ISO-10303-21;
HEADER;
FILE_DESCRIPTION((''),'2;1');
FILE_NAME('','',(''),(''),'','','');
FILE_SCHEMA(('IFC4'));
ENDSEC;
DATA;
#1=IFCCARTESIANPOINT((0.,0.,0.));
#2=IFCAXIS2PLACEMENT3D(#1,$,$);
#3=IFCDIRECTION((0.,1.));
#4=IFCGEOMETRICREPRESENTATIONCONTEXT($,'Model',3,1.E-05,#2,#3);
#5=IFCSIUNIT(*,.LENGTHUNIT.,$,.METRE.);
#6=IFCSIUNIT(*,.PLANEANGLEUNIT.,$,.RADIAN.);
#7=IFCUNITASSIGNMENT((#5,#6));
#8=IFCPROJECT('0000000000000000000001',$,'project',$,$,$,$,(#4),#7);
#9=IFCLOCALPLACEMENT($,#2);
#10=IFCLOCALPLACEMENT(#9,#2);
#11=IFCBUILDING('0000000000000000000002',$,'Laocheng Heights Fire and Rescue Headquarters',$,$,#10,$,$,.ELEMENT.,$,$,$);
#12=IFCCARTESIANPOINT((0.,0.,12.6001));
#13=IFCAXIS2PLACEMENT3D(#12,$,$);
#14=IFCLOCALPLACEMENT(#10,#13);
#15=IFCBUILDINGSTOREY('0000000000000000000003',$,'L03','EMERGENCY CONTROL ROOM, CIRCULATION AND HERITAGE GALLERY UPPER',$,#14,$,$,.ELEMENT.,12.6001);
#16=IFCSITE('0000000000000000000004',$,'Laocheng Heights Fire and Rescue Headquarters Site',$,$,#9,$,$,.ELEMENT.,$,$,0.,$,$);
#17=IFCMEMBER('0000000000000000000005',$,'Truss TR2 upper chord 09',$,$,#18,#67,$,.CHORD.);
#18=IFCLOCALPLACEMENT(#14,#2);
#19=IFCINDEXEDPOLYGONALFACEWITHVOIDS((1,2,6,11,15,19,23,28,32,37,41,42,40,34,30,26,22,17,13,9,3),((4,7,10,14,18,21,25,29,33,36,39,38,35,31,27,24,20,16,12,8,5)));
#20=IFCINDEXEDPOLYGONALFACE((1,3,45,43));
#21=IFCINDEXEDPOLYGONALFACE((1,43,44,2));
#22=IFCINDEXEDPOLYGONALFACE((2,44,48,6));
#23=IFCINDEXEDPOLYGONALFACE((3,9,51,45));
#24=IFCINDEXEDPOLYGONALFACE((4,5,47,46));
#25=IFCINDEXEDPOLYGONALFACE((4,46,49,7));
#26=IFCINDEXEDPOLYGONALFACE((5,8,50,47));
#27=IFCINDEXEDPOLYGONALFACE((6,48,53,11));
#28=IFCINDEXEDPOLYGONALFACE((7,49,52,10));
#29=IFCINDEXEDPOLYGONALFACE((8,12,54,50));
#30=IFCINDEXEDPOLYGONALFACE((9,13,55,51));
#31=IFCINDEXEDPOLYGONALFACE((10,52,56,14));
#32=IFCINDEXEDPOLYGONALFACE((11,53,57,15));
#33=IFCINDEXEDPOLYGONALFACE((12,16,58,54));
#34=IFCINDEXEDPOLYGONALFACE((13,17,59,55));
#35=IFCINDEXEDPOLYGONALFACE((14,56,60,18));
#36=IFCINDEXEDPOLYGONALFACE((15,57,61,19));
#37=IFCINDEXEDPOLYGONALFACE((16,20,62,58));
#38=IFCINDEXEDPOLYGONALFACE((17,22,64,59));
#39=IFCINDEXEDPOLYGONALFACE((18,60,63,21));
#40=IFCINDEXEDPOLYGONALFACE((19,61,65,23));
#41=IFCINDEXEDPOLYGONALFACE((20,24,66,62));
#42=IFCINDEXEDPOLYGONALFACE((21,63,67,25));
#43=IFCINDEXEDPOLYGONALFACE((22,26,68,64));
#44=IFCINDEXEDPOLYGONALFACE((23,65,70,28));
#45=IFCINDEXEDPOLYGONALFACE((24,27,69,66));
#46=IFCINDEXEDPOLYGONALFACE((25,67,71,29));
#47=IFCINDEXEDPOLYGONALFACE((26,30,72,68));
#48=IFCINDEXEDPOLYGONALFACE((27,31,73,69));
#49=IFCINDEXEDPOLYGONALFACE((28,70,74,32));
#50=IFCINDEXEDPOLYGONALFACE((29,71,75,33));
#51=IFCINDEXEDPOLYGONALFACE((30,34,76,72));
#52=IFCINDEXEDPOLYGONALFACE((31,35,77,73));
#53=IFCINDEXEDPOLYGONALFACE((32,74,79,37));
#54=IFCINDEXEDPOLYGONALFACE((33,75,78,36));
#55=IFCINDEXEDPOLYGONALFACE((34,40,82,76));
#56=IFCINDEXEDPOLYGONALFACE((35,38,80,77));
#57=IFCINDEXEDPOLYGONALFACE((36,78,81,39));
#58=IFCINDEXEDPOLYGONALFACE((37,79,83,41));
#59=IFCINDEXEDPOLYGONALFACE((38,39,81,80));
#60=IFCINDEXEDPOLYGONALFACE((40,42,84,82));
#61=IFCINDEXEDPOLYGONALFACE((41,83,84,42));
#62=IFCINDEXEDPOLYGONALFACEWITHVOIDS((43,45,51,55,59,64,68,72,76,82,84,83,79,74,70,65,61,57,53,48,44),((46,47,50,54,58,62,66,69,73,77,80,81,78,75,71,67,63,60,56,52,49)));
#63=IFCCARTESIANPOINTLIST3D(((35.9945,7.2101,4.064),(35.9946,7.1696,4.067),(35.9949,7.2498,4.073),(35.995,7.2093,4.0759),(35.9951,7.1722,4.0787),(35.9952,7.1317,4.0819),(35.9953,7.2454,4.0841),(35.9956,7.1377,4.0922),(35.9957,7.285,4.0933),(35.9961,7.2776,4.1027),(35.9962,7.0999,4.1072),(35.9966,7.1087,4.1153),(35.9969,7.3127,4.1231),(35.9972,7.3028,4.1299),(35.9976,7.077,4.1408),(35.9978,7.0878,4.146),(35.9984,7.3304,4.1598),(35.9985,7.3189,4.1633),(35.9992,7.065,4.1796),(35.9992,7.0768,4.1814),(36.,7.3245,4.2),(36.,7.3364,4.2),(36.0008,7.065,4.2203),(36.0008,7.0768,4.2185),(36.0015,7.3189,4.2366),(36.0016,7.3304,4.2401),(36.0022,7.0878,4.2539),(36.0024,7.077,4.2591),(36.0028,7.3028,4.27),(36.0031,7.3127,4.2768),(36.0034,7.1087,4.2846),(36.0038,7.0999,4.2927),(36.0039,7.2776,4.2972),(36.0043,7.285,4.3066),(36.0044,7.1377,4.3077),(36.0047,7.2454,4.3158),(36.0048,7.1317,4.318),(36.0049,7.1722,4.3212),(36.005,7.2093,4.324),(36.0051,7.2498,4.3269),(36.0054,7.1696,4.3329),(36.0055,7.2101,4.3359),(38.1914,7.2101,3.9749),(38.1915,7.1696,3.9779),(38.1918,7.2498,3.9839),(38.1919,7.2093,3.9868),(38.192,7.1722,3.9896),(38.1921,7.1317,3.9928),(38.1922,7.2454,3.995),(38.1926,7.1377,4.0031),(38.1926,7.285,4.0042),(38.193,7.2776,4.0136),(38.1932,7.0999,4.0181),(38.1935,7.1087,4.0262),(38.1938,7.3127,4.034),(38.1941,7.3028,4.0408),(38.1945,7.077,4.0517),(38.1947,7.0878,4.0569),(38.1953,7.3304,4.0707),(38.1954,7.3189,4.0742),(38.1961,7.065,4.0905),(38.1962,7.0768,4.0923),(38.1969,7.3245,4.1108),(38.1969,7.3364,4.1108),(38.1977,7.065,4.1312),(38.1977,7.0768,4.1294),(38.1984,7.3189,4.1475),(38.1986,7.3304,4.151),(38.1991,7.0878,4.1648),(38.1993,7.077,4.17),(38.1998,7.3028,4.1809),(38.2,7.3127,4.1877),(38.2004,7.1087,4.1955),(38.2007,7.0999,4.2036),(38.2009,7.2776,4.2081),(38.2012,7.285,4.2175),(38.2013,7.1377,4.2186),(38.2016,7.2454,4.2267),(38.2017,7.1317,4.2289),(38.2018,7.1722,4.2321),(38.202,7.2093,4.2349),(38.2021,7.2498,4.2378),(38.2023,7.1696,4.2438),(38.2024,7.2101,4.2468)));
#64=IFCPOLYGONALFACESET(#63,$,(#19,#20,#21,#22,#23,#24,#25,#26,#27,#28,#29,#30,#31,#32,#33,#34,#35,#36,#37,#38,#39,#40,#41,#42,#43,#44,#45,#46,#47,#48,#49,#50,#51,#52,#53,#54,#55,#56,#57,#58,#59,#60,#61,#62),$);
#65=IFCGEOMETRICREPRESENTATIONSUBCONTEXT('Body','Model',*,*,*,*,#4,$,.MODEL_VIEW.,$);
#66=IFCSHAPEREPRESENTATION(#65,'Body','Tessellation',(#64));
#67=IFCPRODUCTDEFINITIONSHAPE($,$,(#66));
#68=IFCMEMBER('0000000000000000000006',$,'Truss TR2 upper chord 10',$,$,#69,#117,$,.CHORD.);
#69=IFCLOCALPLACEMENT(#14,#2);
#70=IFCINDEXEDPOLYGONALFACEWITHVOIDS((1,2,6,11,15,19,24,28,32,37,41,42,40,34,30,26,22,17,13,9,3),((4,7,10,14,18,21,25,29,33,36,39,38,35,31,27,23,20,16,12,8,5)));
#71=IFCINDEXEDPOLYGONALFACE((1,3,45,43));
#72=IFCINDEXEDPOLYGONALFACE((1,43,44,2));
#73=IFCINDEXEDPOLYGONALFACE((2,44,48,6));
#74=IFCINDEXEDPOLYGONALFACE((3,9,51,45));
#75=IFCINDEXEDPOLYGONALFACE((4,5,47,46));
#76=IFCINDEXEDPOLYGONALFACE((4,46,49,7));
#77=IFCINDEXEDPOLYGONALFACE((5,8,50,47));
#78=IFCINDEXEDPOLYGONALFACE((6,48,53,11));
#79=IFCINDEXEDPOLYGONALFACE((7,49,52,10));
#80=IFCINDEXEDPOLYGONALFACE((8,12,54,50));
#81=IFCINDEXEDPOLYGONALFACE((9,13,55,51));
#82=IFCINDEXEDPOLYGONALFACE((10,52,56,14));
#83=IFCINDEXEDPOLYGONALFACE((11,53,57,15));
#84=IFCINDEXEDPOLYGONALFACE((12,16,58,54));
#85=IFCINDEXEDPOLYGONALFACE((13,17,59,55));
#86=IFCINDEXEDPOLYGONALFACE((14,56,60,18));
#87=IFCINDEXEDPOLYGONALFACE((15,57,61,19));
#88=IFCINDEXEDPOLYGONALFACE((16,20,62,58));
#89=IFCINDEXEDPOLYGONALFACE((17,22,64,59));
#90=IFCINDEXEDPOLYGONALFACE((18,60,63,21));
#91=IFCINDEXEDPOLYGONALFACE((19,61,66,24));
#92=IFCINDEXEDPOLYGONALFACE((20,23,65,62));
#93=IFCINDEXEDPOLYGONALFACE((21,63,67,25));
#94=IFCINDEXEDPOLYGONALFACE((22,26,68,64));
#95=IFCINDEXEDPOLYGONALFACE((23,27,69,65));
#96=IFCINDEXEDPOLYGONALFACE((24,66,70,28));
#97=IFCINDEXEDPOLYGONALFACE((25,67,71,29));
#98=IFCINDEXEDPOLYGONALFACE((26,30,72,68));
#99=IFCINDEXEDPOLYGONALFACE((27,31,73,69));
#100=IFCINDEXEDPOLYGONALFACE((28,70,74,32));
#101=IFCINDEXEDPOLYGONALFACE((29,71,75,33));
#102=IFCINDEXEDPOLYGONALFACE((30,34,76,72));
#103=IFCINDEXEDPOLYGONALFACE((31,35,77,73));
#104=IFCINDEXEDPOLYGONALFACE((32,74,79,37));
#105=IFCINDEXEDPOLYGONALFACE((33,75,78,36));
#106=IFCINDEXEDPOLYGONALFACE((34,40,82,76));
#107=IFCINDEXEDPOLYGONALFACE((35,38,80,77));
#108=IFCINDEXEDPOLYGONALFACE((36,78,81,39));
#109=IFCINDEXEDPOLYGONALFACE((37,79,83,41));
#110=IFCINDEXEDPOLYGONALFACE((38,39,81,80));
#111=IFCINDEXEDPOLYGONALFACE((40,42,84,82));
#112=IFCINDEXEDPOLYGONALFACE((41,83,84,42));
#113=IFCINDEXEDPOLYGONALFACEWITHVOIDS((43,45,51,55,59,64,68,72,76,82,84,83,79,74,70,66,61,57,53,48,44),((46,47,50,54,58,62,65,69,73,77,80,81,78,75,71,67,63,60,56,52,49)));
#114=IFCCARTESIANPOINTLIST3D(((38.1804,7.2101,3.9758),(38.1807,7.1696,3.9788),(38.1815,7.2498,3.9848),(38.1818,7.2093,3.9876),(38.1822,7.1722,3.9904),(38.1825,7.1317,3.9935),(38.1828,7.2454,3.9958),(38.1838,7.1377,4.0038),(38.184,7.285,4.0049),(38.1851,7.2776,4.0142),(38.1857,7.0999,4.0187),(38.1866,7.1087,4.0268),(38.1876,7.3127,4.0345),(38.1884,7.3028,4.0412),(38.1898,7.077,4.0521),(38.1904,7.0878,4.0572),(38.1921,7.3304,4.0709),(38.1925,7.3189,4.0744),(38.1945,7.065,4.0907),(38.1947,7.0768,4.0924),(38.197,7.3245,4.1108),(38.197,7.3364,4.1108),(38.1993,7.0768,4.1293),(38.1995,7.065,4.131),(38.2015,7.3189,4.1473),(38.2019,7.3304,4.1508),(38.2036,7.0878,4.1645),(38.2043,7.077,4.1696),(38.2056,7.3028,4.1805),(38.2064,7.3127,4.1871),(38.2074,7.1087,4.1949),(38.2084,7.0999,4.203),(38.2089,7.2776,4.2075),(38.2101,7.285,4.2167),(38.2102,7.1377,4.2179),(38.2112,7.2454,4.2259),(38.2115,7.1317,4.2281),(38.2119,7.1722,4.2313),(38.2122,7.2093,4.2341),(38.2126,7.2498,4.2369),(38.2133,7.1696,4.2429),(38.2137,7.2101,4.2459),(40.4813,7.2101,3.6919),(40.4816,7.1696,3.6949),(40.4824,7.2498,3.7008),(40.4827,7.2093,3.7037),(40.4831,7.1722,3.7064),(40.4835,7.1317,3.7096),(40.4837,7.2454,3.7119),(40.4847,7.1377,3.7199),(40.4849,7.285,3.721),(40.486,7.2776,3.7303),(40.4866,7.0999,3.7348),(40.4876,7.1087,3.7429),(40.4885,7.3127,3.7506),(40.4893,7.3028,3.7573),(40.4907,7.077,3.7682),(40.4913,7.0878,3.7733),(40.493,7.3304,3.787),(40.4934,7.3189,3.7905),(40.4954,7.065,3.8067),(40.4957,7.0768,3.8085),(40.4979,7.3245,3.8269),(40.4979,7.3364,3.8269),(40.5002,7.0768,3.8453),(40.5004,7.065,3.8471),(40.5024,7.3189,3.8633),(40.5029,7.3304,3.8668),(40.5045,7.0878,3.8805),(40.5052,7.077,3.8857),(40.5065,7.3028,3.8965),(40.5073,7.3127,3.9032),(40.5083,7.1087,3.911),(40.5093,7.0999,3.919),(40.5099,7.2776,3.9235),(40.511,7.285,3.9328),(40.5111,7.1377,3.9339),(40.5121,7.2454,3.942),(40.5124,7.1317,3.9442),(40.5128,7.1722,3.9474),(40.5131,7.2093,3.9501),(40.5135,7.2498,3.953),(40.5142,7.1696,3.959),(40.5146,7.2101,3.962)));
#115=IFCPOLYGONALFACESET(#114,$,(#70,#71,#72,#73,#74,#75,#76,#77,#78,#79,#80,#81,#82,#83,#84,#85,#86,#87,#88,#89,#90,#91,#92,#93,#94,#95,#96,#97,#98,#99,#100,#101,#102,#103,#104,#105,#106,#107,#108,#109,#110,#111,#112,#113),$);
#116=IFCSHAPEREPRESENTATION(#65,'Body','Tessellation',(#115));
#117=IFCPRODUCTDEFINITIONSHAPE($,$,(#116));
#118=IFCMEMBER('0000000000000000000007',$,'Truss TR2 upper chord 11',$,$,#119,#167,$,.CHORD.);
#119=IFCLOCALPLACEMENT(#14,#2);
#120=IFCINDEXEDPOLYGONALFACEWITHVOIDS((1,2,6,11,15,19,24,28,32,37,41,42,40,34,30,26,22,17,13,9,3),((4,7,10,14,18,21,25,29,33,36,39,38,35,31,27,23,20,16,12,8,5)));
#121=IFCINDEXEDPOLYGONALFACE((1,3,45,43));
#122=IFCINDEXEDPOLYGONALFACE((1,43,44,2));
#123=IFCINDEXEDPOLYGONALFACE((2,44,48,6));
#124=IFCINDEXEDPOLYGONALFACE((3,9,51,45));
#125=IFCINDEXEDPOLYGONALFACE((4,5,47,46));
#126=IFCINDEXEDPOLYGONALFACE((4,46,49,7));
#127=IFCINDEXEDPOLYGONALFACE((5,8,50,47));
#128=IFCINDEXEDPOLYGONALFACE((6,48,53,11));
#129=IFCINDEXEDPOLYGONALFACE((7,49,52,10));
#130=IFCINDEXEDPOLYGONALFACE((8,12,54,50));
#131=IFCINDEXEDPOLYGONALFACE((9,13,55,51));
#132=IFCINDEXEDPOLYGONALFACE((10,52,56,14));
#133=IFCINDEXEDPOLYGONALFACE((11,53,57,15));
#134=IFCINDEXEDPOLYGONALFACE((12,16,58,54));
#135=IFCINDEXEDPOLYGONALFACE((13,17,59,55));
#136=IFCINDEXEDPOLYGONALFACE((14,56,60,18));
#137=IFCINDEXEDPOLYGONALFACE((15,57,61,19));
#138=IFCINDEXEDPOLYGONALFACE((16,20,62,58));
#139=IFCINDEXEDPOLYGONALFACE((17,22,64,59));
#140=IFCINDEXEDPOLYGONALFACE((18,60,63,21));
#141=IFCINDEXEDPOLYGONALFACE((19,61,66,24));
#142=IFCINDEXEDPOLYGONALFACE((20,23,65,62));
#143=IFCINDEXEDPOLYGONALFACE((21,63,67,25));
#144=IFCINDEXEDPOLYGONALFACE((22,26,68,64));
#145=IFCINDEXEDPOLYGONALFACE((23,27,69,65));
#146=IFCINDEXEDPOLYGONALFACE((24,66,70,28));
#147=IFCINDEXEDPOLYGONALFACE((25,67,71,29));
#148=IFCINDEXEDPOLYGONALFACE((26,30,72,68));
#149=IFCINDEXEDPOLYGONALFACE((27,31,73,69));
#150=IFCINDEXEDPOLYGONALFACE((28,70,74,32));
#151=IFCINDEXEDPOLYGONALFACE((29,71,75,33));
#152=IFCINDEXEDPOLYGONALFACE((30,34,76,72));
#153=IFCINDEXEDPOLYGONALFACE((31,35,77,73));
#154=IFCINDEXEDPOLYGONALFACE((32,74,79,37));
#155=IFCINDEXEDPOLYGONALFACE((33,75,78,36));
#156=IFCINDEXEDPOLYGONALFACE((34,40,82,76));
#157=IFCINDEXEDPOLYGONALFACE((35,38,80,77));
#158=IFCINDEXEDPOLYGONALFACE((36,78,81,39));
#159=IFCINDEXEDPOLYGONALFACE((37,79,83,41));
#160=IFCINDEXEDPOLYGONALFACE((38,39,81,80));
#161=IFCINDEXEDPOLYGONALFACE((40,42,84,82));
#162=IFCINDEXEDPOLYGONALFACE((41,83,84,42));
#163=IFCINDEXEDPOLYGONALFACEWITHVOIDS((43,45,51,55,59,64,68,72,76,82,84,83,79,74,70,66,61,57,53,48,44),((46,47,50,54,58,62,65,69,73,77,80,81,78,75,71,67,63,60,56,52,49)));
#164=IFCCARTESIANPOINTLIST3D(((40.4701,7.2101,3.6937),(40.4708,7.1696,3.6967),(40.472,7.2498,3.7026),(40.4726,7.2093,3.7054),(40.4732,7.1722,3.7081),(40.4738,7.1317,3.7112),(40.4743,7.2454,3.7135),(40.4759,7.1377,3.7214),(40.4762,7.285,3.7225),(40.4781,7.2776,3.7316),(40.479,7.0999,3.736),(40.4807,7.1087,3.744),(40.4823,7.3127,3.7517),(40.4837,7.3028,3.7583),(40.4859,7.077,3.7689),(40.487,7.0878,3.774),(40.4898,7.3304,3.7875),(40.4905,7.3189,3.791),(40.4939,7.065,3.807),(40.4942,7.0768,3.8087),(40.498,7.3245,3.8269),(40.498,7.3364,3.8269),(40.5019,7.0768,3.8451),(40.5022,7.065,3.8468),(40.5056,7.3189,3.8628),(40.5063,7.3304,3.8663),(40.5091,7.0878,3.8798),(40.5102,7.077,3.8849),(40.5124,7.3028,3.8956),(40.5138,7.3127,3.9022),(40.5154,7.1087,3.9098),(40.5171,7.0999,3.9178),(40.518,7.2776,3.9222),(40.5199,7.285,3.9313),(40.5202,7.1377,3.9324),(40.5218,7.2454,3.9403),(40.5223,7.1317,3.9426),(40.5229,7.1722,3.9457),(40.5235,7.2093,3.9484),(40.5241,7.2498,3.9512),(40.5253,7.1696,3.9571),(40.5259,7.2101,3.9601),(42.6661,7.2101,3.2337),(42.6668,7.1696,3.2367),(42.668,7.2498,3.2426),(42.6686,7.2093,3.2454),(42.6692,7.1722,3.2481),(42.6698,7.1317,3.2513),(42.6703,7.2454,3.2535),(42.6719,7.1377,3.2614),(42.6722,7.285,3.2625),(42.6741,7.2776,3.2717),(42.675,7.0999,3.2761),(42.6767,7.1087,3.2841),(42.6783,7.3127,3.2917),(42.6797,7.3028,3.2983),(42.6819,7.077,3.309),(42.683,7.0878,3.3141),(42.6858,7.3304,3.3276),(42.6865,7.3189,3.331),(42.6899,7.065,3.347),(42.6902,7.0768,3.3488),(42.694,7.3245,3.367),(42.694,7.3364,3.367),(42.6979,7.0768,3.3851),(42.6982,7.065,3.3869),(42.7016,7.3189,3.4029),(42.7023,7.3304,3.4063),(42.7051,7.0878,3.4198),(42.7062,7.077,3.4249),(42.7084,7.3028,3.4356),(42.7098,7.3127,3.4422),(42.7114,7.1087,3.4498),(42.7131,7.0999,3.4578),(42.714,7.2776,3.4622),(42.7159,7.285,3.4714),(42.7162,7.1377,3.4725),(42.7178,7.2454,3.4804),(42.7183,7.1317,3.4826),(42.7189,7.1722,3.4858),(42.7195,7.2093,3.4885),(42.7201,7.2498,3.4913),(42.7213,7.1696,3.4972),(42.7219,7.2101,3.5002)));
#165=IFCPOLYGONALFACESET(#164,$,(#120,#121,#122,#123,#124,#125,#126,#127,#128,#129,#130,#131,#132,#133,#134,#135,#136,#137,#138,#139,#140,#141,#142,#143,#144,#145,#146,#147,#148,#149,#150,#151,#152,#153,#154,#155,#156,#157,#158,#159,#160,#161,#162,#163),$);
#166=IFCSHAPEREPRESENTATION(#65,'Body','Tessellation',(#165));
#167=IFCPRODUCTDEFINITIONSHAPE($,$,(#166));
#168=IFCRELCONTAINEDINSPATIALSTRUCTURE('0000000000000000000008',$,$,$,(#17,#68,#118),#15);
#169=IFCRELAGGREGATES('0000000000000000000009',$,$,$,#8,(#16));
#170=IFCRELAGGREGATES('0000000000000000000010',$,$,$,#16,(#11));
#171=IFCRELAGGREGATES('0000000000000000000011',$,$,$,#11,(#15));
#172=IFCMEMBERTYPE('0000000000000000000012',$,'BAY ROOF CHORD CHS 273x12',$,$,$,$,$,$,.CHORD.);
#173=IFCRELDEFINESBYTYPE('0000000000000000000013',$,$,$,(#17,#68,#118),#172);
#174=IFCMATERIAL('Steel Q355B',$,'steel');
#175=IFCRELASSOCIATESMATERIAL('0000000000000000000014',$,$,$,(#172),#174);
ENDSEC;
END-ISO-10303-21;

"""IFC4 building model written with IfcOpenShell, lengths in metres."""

from ifc_helpers import new_model, si_unit, direction, frame, origin, origin_2d, place, context, subcontext, project, spatial, hollow_circle, extrude, material, material_profile, profile_set, type_object, element, save


model = new_model("IFC4")

# Units and contexts
model_context = context("Model", 3, precision=1e-05, world=origin(), true_north=direction((0.0, 1.0)))
body_context = subcontext(model_context, "Body", "Model", "MODEL_VIEW")
ifc_project = project(units=[si_unit("LENGTHUNIT", "METRE"), si_unit("PLANEANGLEUNIT", "RADIAN")], contexts=[model_context])

# Site, building, storey
site_placement = place(None, origin())
site = spatial("IfcSite", under=ifc_project, at=site_placement, Name="Laocheng Heights Fire and Rescue Headquarters Site", CompositionType="ELEMENT", RefElevation=0.0)
building_placement = place(site_placement, origin())
building = spatial("IfcBuilding", under=site, at=building_placement, Name="Laocheng Heights Fire and Rescue Headquarters", CompositionType="ELEMENT")
storey_placement = place(building_placement, frame((0.0, 0.0, 12.6001)))
storey = spatial("IfcBuildingStorey", under=building, at=storey_placement, Name="L03", Description="EMERGENCY CONTROL ROOM, CIRCULATION AND HERITAGE GALLERY UPPER", CompositionType="ELEMENT", Elevation=12.6001)

# Members
ifc_material_1 = material(Name="Steel Q355B", Category="steel")
ifc_material_profile_1 = material_profile(ifc_material_1, hollow_circle(Radius=0.1365, WallThickness=0.012, at=origin_2d()), Name="CHS 273x12")
ifc_profile_set_1 = profile_set([ifc_material_profile_1], Name="Steel Q355B")
member_type_1 = type_object("IfcMemberType", Name="BAY ROOF CHORD CHS 273x12", PredefinedType="CHORD", material=ifc_profile_set_1)
member_1_placement = place(storey_placement, frame((36.0, 7.2, 4.2), z_axis=(0.999178, 0.0, -0.040527), x_axis=(0.0, 1.0, 0.0)))
element("IfcMember", 1, at=member_1_placement, inside=storey, type_object=member_type_1, Name="Truss TR2 upper chord 09", PredefinedType="CHORD", context=body_context, shape_type="SweptSolid", body=[
    extrude(hollow_circle(Radius=0.1365, WallThickness=0.012, at=origin_2d()), origin(), (0.0, 0.0, 1.0), 2.1987),
])
member_2_placement = place(storey_placement, frame((38.197, 7.2, 4.1108), z_axis=(0.992473, 0.0, -0.122466), x_axis=(0.0, 1.0, 0.0)))
element("IfcMember", 2, at=member_2_placement, inside=storey, type_object=member_type_1, Name="Truss TR2 upper chord 10", PredefinedType="CHORD", context=body_context, shape_type="SweptSolid", body=[
    extrude(hollow_circle(Radius=0.1365, WallThickness=0.012, at=origin_2d()), origin(), (0.0, 0.0, 1.0), 2.3184),
])
member_3_placement = place(storey_placement, frame((40.498, 7.2, 3.8269), z_axis=(0.978762, 0.0, -0.205001), x_axis=(0.0, 1.0, 0.0)))
element("IfcMember", 3, at=member_3_placement, inside=storey, type_object=member_type_1, Name="Truss TR2 upper chord 11", PredefinedType="CHORD", context=body_context, shape_type="SweptSolid", body=[
    extrude(hollow_circle(Radius=0.1365, WallThickness=0.012, at=origin_2d()), origin(), (0.0, 0.0, 1.0), 2.2437),
])

save(model, "model.ifc")
